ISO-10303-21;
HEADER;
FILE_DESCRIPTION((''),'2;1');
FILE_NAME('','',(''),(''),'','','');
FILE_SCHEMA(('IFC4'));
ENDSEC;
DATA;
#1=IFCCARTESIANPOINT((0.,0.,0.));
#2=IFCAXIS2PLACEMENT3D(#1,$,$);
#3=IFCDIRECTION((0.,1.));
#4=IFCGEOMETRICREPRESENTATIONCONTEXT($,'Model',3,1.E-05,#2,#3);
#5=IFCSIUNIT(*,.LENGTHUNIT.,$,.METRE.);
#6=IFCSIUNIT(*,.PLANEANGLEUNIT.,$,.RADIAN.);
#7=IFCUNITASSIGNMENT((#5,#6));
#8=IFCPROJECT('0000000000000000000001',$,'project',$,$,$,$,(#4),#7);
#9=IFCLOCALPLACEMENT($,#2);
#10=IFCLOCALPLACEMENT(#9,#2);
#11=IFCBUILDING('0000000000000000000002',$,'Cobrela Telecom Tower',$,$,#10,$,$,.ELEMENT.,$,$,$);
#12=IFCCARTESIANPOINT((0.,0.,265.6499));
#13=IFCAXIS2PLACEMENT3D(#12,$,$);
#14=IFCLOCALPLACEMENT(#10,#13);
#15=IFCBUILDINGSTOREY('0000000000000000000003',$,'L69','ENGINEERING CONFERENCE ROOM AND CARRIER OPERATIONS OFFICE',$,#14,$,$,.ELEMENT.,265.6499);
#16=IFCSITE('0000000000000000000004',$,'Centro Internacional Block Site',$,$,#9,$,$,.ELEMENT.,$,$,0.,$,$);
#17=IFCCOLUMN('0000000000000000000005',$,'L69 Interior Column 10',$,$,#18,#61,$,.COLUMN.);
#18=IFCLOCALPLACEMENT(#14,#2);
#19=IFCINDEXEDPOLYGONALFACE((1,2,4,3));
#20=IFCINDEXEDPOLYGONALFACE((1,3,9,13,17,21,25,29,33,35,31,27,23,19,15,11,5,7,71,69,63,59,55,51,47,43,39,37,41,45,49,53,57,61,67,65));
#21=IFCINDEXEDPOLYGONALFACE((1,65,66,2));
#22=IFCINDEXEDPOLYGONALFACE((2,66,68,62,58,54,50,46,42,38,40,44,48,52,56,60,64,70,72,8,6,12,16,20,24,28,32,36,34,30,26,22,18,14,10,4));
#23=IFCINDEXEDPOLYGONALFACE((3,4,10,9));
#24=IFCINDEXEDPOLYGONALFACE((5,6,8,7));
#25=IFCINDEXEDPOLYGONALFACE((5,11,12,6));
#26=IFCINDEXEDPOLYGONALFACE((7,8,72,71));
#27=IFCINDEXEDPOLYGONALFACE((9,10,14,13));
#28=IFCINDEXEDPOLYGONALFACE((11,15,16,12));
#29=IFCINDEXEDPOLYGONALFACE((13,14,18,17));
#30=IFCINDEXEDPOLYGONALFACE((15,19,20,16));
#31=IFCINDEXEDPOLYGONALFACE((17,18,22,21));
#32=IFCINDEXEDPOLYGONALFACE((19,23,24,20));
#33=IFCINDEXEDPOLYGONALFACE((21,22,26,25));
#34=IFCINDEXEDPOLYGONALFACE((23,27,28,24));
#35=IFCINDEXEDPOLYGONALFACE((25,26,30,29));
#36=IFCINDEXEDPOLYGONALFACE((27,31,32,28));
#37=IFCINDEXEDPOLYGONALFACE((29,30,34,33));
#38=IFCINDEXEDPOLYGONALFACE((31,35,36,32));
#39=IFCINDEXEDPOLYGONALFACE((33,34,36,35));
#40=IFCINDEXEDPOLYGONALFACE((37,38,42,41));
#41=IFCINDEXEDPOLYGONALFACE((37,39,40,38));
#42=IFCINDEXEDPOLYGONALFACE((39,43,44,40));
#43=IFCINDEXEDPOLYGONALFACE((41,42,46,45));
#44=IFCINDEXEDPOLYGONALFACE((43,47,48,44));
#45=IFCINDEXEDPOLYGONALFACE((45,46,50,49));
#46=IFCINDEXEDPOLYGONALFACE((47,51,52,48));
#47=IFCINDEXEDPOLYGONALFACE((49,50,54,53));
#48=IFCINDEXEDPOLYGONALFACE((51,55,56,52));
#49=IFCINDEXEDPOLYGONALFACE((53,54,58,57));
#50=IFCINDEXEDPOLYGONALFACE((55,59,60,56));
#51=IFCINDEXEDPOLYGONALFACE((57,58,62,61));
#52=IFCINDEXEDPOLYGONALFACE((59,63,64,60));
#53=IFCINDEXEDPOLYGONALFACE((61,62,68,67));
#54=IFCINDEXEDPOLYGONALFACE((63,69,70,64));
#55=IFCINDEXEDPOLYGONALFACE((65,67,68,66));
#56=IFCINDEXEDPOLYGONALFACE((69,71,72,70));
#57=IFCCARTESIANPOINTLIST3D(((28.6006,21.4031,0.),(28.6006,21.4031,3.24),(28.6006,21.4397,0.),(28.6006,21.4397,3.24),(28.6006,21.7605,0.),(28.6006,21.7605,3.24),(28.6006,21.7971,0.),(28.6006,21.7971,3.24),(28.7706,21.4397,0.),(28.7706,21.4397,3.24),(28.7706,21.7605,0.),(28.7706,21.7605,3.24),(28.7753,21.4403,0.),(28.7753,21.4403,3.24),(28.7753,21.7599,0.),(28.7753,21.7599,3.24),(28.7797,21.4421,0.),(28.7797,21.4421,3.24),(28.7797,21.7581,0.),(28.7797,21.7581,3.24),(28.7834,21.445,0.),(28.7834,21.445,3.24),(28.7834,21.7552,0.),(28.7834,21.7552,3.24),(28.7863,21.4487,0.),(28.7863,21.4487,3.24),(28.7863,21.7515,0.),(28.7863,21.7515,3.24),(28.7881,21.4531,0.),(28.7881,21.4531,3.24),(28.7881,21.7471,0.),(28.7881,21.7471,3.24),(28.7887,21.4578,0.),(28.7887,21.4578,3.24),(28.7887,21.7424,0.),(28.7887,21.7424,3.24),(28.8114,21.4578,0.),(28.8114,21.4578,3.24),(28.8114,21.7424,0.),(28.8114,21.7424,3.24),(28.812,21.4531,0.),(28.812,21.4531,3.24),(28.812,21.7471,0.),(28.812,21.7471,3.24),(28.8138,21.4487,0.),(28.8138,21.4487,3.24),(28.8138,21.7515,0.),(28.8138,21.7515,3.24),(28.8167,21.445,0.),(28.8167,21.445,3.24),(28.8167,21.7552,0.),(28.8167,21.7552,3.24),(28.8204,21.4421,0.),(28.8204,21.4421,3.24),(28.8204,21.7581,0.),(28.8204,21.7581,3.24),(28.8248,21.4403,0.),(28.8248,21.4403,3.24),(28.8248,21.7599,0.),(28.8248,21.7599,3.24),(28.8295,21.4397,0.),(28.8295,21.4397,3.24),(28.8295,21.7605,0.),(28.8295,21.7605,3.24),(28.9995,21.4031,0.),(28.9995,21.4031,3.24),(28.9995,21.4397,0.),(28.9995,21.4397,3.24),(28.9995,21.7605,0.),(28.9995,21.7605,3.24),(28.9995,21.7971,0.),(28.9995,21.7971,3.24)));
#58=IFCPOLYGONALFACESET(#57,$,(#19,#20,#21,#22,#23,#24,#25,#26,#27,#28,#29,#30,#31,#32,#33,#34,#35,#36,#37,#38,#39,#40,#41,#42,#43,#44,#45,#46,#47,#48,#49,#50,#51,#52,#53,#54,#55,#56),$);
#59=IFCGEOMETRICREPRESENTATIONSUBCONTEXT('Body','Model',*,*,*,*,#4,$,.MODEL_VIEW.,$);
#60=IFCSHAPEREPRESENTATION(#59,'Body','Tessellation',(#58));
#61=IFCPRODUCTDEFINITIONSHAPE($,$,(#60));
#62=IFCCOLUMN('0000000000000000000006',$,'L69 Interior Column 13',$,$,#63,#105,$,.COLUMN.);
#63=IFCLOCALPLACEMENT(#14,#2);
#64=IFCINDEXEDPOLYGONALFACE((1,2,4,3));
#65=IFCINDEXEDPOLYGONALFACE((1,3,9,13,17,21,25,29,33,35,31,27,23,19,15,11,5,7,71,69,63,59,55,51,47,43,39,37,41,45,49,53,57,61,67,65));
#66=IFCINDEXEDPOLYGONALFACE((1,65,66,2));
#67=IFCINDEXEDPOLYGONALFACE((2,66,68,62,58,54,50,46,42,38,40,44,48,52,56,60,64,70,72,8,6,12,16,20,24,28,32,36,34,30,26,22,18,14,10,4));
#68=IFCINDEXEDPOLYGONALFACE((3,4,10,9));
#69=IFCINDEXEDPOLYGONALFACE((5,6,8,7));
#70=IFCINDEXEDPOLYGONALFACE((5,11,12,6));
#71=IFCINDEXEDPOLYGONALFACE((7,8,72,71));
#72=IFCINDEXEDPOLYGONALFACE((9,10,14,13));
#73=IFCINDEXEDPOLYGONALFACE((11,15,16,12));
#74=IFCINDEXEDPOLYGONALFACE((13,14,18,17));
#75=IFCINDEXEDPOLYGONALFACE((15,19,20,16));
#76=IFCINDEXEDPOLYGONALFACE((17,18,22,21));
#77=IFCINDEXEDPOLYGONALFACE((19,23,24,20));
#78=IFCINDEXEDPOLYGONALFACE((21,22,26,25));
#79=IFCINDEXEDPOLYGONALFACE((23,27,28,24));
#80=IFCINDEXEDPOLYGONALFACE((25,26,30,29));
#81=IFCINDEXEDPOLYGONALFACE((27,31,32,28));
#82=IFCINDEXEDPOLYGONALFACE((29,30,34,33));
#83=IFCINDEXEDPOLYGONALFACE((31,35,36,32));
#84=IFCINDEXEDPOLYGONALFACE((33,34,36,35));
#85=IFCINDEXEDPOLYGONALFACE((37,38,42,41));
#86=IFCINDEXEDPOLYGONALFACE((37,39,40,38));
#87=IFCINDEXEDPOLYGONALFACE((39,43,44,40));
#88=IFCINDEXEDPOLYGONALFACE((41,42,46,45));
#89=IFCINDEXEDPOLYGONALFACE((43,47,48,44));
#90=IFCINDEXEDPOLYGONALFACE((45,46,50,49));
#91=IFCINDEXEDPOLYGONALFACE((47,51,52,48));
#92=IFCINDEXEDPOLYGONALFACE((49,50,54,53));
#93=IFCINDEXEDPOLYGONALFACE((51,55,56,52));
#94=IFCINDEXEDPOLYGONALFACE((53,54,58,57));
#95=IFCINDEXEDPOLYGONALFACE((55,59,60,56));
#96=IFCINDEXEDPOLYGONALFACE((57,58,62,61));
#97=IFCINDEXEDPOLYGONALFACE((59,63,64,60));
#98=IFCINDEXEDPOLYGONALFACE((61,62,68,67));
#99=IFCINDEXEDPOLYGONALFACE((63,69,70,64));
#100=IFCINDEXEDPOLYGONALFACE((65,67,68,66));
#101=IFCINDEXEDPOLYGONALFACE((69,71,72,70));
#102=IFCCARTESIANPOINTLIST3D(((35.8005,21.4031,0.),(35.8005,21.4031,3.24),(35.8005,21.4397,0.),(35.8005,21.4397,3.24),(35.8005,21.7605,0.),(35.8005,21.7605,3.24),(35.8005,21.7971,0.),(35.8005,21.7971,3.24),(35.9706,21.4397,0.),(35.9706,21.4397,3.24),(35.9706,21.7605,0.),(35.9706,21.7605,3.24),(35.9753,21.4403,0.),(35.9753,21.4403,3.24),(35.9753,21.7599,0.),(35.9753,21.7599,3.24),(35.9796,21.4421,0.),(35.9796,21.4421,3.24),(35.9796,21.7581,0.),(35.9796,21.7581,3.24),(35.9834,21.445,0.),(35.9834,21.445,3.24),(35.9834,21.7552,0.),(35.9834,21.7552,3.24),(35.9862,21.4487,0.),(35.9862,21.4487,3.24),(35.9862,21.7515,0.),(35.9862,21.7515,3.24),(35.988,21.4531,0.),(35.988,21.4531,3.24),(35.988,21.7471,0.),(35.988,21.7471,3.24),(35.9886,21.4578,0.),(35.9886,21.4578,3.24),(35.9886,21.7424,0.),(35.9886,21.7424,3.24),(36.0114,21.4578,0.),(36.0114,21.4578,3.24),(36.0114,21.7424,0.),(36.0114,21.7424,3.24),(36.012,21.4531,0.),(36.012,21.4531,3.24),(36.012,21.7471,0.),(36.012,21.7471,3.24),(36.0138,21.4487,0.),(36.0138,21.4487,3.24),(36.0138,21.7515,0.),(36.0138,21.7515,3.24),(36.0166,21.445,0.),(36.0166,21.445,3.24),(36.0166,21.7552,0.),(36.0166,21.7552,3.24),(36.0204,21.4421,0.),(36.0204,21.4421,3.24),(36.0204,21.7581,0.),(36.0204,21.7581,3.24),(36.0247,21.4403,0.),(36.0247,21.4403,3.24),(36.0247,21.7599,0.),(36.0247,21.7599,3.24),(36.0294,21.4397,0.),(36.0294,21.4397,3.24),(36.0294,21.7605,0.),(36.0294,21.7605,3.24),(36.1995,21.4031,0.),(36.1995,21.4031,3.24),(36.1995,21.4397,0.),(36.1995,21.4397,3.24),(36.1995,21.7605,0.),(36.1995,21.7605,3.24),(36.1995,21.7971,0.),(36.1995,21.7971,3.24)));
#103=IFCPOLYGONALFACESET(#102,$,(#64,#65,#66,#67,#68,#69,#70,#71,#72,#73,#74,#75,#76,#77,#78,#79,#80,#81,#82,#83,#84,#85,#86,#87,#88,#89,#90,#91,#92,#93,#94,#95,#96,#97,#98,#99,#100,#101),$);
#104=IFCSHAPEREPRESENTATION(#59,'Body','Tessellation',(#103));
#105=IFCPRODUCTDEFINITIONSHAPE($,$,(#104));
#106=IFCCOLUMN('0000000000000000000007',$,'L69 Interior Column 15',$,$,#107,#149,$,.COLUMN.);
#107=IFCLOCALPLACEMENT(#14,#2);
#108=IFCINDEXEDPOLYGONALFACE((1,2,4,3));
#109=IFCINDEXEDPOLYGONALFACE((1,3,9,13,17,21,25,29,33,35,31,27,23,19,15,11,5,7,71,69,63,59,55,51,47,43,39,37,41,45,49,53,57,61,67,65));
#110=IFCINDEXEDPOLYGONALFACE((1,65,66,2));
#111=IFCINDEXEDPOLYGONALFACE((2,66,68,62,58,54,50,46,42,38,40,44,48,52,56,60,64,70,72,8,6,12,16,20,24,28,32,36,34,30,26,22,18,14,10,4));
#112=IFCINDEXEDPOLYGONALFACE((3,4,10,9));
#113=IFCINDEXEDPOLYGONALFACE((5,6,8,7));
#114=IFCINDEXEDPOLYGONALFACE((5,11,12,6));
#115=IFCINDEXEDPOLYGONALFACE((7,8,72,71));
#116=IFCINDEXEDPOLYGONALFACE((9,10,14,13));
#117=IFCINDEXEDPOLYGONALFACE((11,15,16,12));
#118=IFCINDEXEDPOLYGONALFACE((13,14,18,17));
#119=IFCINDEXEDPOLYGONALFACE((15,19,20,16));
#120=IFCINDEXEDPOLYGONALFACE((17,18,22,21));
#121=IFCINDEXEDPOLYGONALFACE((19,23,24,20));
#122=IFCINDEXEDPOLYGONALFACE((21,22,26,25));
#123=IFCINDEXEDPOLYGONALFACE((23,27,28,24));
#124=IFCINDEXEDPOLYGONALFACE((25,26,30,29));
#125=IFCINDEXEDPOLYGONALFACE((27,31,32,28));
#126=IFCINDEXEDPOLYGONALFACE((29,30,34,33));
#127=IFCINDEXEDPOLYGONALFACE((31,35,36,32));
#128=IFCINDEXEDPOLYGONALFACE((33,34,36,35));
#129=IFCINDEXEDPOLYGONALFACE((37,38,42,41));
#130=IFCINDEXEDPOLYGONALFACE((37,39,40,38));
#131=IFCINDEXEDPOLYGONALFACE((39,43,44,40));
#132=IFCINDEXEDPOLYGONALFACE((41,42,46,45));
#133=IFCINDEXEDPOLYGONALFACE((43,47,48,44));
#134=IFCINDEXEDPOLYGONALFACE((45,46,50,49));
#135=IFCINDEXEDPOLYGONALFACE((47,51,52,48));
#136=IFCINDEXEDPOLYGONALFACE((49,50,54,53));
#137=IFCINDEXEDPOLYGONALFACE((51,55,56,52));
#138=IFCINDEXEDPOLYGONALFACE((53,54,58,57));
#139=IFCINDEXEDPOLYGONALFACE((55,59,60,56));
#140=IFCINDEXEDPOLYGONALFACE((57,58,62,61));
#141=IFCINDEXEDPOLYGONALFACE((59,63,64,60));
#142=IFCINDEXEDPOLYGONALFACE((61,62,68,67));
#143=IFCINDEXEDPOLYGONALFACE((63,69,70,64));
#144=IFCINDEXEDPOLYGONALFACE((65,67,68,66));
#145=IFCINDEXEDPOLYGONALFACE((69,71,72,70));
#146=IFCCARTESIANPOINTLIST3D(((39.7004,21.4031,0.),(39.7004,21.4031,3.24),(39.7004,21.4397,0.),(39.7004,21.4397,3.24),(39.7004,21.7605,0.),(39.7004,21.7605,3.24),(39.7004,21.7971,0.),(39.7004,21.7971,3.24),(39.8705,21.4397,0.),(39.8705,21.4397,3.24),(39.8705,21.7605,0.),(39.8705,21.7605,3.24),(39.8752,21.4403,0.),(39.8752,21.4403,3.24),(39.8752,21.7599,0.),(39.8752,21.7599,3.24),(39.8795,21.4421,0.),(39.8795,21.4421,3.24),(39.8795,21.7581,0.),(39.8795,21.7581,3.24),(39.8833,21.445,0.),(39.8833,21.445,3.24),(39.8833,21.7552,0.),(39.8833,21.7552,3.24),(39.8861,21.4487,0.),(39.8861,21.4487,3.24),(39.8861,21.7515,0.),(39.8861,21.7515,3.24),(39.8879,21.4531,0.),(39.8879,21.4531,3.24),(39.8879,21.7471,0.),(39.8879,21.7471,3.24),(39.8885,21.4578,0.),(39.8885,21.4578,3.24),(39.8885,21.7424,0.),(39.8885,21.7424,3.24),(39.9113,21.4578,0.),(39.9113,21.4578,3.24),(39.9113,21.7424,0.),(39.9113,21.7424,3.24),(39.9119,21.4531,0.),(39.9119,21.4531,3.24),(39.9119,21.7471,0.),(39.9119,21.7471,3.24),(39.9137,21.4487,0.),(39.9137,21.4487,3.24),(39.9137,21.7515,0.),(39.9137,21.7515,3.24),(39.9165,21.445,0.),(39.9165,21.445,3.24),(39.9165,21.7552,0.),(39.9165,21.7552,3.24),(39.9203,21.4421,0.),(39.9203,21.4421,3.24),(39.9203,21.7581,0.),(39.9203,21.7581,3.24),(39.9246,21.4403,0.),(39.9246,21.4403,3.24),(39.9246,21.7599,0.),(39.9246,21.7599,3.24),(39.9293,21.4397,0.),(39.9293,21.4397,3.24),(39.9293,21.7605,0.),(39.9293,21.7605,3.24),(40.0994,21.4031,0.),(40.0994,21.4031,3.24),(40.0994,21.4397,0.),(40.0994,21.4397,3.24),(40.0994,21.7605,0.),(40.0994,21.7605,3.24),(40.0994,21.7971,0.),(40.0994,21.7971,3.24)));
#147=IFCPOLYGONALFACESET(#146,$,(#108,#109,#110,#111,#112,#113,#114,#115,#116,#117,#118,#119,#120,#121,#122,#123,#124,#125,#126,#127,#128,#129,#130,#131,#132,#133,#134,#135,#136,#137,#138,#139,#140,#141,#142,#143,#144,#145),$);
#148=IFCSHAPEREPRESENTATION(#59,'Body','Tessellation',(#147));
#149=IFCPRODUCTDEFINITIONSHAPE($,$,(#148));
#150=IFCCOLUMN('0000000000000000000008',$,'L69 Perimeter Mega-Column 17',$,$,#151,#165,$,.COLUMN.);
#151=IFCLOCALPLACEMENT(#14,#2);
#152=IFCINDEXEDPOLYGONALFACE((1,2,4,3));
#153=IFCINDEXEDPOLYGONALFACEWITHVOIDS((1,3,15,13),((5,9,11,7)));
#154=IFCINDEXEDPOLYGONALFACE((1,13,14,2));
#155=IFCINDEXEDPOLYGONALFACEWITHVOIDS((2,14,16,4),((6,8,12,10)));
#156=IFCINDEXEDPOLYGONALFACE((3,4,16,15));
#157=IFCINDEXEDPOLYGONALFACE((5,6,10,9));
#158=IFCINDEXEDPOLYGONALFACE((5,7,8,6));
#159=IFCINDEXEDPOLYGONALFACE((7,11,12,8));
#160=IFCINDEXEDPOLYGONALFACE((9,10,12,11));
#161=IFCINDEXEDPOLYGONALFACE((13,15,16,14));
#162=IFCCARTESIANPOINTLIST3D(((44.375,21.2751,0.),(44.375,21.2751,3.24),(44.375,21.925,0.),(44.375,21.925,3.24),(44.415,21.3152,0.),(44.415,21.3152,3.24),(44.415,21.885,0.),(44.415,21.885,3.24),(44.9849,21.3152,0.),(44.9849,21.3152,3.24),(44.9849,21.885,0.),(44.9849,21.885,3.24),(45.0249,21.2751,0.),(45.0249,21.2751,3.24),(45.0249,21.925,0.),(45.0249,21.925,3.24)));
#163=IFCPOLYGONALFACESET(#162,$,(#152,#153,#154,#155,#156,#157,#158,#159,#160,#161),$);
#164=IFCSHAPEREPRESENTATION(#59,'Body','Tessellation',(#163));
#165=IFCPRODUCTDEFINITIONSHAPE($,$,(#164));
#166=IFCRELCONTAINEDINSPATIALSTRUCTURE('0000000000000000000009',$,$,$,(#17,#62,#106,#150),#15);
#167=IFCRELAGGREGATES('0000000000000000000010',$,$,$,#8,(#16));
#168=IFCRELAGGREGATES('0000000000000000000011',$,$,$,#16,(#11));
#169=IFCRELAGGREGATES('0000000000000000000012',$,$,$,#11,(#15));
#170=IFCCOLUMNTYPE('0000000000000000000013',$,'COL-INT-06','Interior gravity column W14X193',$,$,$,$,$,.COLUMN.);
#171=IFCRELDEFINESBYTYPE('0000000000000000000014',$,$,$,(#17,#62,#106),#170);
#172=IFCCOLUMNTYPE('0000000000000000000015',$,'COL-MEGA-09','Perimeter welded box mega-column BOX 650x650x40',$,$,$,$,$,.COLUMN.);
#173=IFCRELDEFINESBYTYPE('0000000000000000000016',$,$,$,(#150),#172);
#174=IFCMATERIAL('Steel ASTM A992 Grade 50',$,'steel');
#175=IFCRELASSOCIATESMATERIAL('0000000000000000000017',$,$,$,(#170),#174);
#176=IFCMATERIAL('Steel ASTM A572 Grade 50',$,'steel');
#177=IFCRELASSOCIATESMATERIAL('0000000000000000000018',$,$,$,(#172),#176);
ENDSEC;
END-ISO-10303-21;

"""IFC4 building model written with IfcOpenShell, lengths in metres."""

from ifc_helpers import new_model, si_unit, direction, frame, origin, origin_2d, place, context, subcontext, project, spatial, hollow_rectangle, i_section, extrude, material, material_profile, profile_set, type_object, element, save


model = new_model("IFC4")

# Units and contexts
model_context = context("Model", 3, precision=1e-05, world=origin(), true_north=direction((0.0, 1.0)))
body_context = subcontext(model_context, "Body", "Model", "MODEL_VIEW")
ifc_project = project(units=[si_unit("LENGTHUNIT", "METRE"), si_unit("PLANEANGLEUNIT", "RADIAN")], contexts=[model_context])

# Site, building, storey
site_placement = place(None, origin())
site = spatial("IfcSite", under=ifc_project, at=site_placement, Name="Centro Internacional Block Site", CompositionType="ELEMENT", RefElevation=0.0)
building_placement = place(site_placement, origin())
building = spatial("IfcBuilding", under=site, at=building_placement, Name="Cobrela Telecom Tower", CompositionType="ELEMENT")
storey_placement = place(building_placement, frame((0.0, 0.0, 265.6499)))
storey = spatial("IfcBuildingStorey", under=building, at=storey_placement, Name="L69", Description="ENGINEERING CONFERENCE ROOM AND CARRIER OPERATIONS OFFICE", CompositionType="ELEMENT", Elevation=265.6499)

# Columns
ifc_material_1 = material(Name="Steel ASTM A992 Grade 50", Category="steel")
ifc_material_profile_1 = material_profile(ifc_material_1, i_section(OverallWidth=0.3989, OverallDepth=0.394, WebThickness=0.0227, FlangeThickness=0.0366, FilletRadius=0.0181, at=origin_2d()), Name="W14X193")
ifc_profile_set_1 = profile_set([ifc_material_profile_1], Name="Steel ASTM A992 Grade 50")
column_type_1 = type_object("IfcColumnType", Name="COL-INT-06", Description="Interior gravity column W14X193", PredefinedType="COLUMN", material=ifc_profile_set_1)
for number, where, z_axis, x_axis, name in (
    (1, (28.8, 21.6001, 0.0), (0.0, 0.0, 1.0), (1.0, 0.0, 0.0), "L69 Interior Column 10"),
    (2, (36.0, 21.6001, 0.0), (0.0, 0.0, 1.0), (1.0, 0.0, 0.0), "L69 Interior Column 13"),
    (3, (39.8999, 21.6001, 0.0), (0.0, 0.0, 1.0), (1.0, 0.0, 0.0), "L69 Interior Column 15"),
):
    element("IfcColumn", number, at=place(storey_placement, frame(where, z_axis=z_axis, x_axis=x_axis)), inside=storey, type_object=column_type_1, Name=name, PredefinedType="COLUMN", context=body_context, shape_type="SweptSolid", body=[
        extrude(i_section(OverallWidth=0.3989, OverallDepth=0.394, WebThickness=0.0227, FlangeThickness=0.0366, FilletRadius=0.0181, at=origin_2d()), origin(), (0.0, 0.0, 1.0), 3.24),
    ])
ifc_material_2 = material(Name="Steel ASTM A572 Grade 50", Category="steel")
ifc_material_profile_2 = material_profile(ifc_material_2, hollow_rectangle(XDim=0.6499, YDim=0.6499, WallThickness=0.04, at=origin_2d()), Name="BOX 650x650x40")
ifc_profile_set_2 = profile_set([ifc_material_profile_2], Name="Steel ASTM A572 Grade 50")
column_type_2 = type_object("IfcColumnType", Name="COL-MEGA-09", Description="Perimeter welded box mega-column BOX 650x650x40", PredefinedType="COLUMN", material=ifc_profile_set_2)
column_placement = place(storey_placement, frame((44.7, 21.6001, 0.0), z_axis=(0.0, 0.0, 1.0), x_axis=(1.0, 0.0, 0.0)))
element("IfcColumn", 4, at=column_placement, inside=storey, type_object=column_type_2, Name="L69 Perimeter Mega-Column 17", PredefinedType="COLUMN", context=body_context, shape_type="SweptSolid", body=[
    extrude(hollow_rectangle(XDim=0.6499, YDim=0.6499, WallThickness=0.04, at=origin_2d()), origin(), (0.0, 0.0, 1.0), 3.24),
])

save(model, "model.ifc")
